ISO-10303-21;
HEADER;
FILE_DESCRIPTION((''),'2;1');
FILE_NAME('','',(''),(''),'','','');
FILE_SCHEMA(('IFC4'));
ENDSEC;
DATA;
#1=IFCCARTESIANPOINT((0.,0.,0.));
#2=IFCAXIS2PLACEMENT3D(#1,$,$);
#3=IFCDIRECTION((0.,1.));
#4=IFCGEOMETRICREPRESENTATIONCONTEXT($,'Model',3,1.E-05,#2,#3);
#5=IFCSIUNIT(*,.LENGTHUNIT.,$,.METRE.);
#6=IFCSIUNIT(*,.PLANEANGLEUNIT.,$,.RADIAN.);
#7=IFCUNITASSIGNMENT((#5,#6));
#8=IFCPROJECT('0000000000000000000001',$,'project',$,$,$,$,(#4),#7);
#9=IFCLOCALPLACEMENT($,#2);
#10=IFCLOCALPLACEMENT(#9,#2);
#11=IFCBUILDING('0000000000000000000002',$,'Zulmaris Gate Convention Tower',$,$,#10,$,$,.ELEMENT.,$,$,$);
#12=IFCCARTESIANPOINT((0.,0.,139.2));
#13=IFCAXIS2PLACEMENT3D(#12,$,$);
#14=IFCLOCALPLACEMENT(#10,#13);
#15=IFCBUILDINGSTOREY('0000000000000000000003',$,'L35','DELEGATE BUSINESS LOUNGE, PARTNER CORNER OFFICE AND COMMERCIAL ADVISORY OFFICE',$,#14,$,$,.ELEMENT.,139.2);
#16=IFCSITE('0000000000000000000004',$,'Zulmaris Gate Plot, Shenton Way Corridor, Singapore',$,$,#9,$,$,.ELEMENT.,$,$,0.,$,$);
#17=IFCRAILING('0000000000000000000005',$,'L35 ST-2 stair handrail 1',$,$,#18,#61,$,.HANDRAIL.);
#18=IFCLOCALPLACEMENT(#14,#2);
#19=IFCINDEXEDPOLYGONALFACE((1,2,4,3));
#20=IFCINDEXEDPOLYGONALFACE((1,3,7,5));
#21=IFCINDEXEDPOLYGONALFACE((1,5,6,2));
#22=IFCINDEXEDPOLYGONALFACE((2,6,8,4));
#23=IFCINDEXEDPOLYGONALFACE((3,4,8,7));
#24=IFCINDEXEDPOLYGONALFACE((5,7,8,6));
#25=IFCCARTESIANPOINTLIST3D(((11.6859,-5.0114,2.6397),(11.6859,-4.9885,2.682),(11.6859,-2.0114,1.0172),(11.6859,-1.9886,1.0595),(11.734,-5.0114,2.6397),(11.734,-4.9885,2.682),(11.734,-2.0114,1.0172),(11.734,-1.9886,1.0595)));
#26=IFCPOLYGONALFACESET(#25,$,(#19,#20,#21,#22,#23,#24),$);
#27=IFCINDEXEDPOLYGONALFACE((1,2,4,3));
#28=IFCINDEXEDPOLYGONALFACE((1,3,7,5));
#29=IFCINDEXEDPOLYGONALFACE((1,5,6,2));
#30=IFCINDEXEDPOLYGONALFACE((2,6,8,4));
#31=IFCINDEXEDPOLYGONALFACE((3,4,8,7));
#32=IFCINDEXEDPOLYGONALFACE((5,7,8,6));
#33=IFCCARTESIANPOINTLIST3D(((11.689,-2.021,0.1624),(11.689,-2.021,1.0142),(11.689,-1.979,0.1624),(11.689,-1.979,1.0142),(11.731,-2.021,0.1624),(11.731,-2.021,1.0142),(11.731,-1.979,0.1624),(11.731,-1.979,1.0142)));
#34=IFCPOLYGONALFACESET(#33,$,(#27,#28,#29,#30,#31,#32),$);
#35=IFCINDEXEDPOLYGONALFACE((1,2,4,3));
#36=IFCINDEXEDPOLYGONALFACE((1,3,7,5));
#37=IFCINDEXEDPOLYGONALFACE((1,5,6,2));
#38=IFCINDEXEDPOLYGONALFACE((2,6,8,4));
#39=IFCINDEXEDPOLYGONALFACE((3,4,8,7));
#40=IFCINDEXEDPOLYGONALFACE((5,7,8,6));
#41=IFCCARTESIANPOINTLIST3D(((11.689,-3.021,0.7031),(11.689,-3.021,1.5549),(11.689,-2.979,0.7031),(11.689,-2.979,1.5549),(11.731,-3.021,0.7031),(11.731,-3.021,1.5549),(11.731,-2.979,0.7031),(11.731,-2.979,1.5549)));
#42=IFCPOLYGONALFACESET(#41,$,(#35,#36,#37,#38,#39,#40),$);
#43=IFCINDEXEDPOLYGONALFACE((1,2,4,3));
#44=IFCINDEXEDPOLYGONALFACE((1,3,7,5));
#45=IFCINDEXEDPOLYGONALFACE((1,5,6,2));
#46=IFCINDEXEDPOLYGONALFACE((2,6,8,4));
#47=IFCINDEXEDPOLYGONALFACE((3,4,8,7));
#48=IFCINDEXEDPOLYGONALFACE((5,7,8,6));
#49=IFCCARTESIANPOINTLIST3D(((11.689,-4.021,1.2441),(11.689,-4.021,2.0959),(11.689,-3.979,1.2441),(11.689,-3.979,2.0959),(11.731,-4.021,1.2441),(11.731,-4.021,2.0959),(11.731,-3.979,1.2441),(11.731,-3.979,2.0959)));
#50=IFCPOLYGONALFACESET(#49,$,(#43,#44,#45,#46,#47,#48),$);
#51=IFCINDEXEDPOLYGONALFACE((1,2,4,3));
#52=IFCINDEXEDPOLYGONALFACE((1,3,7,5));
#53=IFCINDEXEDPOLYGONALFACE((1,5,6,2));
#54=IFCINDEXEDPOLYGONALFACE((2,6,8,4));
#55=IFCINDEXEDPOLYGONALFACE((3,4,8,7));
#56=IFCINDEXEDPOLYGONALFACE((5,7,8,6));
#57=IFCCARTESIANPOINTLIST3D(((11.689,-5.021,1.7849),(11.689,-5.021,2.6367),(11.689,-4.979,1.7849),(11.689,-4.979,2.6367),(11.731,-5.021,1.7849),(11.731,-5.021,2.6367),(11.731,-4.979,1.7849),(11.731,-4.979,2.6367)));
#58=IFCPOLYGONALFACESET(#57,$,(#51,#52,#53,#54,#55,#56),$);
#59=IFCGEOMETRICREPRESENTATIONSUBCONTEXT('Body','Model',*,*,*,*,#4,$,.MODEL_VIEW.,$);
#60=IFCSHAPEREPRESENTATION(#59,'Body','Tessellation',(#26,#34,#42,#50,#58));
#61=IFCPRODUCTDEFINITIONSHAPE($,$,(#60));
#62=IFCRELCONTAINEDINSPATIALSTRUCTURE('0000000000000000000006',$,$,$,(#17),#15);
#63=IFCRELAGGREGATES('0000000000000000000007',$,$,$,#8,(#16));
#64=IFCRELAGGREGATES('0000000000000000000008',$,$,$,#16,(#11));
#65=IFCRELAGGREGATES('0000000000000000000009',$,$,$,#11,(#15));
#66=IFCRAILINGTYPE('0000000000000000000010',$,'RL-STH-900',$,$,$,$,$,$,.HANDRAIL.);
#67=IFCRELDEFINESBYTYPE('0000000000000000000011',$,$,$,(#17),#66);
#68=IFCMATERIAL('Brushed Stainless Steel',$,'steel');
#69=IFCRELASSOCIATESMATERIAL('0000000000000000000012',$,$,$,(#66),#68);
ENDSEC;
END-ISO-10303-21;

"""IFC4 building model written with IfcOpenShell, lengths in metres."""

from ifc_helpers import new_model, si_unit, direction, frame, origin, origin_2d, place, context, subcontext, project, spatial, rectangle, extrude, material, type_object, element, save


model = new_model("IFC4")

# Units and contexts
model_context = context("Model", 3, precision=1e-05, world=origin(), true_north=direction((0.0, 1.0)))
body_context = subcontext(model_context, "Body", "Model", "MODEL_VIEW")
ifc_project = project(units=[si_unit("LENGTHUNIT", "METRE"), si_unit("PLANEANGLEUNIT", "RADIAN")], contexts=[model_context])

# Site, building, storey
site_placement = place(None, origin())
site = spatial("IfcSite", under=ifc_project, at=site_placement, Name="Zulmaris Gate Plot, Shenton Way Corridor, Singapore", CompositionType="ELEMENT", RefElevation=0.0)
building_placement = place(site_placement, origin())
building = spatial("IfcBuilding", under=site, at=building_placement, Name="Zulmaris Gate Convention Tower", CompositionType="ELEMENT")
storey_placement = place(building_placement, frame((0.0, 0.0, 139.2)))
storey = spatial("IfcBuildingStorey", under=building, at=storey_placement, Name="L35", Description="DELEGATE BUSINESS LOUNGE, PARTNER CORNER OFFICE AND COMMERCIAL ADVISORY OFFICE", CompositionType="ELEMENT", Elevation=139.2)

# Railing
ifc_material_1 = material(Name="Brushed Stainless Steel", Category="steel")
railing_type_1 = type_object("IfcRailingType", Name="RL-STH-900", PredefinedType="HANDRAIL", material=ifc_material_1)
railing_1_placement = place(storey_placement, frame((11.71, -2.0, 0.1624)))
element("IfcRailing", 1, at=railing_1_placement, inside=storey, type_object=railing_type_1, Name="L35 ST-2 stair handrail 1", PredefinedType="HANDRAIL", context=body_context, shape_type="SweptSolid", body=[
    extrude(rectangle(XDim=0.0481, YDim=0.0481, at=origin_2d()), frame((0.0, 0.0, 0.876), z_axis=(0.0, -0.879592, 0.47573), x_axis=(1.0, 0.0, 0.0)), (0.0, 0.0, 1.0), 3.4106),
    extrude(rectangle(XDim=0.042, YDim=0.042, at=origin_2d()), origin(), (0.0, 0.0, 1.0), 0.8518),
    extrude(rectangle(XDim=0.042, YDim=0.042, at=origin_2d()), frame((0.0, -1.0, 0.5408)), (0.0, 0.0, 1.0), 0.8518),
    extrude(rectangle(XDim=0.042, YDim=0.042, at=origin_2d()), frame((0.0, -2.0, 1.0818)), (0.0, 0.0, 1.0), 0.8518),
    extrude(rectangle(XDim=0.042, YDim=0.042, at=origin_2d()), frame((0.0, -3.0, 1.6226)), (0.0, 0.0, 1.0), 0.8518),
])

save(model, "model.ifc")
